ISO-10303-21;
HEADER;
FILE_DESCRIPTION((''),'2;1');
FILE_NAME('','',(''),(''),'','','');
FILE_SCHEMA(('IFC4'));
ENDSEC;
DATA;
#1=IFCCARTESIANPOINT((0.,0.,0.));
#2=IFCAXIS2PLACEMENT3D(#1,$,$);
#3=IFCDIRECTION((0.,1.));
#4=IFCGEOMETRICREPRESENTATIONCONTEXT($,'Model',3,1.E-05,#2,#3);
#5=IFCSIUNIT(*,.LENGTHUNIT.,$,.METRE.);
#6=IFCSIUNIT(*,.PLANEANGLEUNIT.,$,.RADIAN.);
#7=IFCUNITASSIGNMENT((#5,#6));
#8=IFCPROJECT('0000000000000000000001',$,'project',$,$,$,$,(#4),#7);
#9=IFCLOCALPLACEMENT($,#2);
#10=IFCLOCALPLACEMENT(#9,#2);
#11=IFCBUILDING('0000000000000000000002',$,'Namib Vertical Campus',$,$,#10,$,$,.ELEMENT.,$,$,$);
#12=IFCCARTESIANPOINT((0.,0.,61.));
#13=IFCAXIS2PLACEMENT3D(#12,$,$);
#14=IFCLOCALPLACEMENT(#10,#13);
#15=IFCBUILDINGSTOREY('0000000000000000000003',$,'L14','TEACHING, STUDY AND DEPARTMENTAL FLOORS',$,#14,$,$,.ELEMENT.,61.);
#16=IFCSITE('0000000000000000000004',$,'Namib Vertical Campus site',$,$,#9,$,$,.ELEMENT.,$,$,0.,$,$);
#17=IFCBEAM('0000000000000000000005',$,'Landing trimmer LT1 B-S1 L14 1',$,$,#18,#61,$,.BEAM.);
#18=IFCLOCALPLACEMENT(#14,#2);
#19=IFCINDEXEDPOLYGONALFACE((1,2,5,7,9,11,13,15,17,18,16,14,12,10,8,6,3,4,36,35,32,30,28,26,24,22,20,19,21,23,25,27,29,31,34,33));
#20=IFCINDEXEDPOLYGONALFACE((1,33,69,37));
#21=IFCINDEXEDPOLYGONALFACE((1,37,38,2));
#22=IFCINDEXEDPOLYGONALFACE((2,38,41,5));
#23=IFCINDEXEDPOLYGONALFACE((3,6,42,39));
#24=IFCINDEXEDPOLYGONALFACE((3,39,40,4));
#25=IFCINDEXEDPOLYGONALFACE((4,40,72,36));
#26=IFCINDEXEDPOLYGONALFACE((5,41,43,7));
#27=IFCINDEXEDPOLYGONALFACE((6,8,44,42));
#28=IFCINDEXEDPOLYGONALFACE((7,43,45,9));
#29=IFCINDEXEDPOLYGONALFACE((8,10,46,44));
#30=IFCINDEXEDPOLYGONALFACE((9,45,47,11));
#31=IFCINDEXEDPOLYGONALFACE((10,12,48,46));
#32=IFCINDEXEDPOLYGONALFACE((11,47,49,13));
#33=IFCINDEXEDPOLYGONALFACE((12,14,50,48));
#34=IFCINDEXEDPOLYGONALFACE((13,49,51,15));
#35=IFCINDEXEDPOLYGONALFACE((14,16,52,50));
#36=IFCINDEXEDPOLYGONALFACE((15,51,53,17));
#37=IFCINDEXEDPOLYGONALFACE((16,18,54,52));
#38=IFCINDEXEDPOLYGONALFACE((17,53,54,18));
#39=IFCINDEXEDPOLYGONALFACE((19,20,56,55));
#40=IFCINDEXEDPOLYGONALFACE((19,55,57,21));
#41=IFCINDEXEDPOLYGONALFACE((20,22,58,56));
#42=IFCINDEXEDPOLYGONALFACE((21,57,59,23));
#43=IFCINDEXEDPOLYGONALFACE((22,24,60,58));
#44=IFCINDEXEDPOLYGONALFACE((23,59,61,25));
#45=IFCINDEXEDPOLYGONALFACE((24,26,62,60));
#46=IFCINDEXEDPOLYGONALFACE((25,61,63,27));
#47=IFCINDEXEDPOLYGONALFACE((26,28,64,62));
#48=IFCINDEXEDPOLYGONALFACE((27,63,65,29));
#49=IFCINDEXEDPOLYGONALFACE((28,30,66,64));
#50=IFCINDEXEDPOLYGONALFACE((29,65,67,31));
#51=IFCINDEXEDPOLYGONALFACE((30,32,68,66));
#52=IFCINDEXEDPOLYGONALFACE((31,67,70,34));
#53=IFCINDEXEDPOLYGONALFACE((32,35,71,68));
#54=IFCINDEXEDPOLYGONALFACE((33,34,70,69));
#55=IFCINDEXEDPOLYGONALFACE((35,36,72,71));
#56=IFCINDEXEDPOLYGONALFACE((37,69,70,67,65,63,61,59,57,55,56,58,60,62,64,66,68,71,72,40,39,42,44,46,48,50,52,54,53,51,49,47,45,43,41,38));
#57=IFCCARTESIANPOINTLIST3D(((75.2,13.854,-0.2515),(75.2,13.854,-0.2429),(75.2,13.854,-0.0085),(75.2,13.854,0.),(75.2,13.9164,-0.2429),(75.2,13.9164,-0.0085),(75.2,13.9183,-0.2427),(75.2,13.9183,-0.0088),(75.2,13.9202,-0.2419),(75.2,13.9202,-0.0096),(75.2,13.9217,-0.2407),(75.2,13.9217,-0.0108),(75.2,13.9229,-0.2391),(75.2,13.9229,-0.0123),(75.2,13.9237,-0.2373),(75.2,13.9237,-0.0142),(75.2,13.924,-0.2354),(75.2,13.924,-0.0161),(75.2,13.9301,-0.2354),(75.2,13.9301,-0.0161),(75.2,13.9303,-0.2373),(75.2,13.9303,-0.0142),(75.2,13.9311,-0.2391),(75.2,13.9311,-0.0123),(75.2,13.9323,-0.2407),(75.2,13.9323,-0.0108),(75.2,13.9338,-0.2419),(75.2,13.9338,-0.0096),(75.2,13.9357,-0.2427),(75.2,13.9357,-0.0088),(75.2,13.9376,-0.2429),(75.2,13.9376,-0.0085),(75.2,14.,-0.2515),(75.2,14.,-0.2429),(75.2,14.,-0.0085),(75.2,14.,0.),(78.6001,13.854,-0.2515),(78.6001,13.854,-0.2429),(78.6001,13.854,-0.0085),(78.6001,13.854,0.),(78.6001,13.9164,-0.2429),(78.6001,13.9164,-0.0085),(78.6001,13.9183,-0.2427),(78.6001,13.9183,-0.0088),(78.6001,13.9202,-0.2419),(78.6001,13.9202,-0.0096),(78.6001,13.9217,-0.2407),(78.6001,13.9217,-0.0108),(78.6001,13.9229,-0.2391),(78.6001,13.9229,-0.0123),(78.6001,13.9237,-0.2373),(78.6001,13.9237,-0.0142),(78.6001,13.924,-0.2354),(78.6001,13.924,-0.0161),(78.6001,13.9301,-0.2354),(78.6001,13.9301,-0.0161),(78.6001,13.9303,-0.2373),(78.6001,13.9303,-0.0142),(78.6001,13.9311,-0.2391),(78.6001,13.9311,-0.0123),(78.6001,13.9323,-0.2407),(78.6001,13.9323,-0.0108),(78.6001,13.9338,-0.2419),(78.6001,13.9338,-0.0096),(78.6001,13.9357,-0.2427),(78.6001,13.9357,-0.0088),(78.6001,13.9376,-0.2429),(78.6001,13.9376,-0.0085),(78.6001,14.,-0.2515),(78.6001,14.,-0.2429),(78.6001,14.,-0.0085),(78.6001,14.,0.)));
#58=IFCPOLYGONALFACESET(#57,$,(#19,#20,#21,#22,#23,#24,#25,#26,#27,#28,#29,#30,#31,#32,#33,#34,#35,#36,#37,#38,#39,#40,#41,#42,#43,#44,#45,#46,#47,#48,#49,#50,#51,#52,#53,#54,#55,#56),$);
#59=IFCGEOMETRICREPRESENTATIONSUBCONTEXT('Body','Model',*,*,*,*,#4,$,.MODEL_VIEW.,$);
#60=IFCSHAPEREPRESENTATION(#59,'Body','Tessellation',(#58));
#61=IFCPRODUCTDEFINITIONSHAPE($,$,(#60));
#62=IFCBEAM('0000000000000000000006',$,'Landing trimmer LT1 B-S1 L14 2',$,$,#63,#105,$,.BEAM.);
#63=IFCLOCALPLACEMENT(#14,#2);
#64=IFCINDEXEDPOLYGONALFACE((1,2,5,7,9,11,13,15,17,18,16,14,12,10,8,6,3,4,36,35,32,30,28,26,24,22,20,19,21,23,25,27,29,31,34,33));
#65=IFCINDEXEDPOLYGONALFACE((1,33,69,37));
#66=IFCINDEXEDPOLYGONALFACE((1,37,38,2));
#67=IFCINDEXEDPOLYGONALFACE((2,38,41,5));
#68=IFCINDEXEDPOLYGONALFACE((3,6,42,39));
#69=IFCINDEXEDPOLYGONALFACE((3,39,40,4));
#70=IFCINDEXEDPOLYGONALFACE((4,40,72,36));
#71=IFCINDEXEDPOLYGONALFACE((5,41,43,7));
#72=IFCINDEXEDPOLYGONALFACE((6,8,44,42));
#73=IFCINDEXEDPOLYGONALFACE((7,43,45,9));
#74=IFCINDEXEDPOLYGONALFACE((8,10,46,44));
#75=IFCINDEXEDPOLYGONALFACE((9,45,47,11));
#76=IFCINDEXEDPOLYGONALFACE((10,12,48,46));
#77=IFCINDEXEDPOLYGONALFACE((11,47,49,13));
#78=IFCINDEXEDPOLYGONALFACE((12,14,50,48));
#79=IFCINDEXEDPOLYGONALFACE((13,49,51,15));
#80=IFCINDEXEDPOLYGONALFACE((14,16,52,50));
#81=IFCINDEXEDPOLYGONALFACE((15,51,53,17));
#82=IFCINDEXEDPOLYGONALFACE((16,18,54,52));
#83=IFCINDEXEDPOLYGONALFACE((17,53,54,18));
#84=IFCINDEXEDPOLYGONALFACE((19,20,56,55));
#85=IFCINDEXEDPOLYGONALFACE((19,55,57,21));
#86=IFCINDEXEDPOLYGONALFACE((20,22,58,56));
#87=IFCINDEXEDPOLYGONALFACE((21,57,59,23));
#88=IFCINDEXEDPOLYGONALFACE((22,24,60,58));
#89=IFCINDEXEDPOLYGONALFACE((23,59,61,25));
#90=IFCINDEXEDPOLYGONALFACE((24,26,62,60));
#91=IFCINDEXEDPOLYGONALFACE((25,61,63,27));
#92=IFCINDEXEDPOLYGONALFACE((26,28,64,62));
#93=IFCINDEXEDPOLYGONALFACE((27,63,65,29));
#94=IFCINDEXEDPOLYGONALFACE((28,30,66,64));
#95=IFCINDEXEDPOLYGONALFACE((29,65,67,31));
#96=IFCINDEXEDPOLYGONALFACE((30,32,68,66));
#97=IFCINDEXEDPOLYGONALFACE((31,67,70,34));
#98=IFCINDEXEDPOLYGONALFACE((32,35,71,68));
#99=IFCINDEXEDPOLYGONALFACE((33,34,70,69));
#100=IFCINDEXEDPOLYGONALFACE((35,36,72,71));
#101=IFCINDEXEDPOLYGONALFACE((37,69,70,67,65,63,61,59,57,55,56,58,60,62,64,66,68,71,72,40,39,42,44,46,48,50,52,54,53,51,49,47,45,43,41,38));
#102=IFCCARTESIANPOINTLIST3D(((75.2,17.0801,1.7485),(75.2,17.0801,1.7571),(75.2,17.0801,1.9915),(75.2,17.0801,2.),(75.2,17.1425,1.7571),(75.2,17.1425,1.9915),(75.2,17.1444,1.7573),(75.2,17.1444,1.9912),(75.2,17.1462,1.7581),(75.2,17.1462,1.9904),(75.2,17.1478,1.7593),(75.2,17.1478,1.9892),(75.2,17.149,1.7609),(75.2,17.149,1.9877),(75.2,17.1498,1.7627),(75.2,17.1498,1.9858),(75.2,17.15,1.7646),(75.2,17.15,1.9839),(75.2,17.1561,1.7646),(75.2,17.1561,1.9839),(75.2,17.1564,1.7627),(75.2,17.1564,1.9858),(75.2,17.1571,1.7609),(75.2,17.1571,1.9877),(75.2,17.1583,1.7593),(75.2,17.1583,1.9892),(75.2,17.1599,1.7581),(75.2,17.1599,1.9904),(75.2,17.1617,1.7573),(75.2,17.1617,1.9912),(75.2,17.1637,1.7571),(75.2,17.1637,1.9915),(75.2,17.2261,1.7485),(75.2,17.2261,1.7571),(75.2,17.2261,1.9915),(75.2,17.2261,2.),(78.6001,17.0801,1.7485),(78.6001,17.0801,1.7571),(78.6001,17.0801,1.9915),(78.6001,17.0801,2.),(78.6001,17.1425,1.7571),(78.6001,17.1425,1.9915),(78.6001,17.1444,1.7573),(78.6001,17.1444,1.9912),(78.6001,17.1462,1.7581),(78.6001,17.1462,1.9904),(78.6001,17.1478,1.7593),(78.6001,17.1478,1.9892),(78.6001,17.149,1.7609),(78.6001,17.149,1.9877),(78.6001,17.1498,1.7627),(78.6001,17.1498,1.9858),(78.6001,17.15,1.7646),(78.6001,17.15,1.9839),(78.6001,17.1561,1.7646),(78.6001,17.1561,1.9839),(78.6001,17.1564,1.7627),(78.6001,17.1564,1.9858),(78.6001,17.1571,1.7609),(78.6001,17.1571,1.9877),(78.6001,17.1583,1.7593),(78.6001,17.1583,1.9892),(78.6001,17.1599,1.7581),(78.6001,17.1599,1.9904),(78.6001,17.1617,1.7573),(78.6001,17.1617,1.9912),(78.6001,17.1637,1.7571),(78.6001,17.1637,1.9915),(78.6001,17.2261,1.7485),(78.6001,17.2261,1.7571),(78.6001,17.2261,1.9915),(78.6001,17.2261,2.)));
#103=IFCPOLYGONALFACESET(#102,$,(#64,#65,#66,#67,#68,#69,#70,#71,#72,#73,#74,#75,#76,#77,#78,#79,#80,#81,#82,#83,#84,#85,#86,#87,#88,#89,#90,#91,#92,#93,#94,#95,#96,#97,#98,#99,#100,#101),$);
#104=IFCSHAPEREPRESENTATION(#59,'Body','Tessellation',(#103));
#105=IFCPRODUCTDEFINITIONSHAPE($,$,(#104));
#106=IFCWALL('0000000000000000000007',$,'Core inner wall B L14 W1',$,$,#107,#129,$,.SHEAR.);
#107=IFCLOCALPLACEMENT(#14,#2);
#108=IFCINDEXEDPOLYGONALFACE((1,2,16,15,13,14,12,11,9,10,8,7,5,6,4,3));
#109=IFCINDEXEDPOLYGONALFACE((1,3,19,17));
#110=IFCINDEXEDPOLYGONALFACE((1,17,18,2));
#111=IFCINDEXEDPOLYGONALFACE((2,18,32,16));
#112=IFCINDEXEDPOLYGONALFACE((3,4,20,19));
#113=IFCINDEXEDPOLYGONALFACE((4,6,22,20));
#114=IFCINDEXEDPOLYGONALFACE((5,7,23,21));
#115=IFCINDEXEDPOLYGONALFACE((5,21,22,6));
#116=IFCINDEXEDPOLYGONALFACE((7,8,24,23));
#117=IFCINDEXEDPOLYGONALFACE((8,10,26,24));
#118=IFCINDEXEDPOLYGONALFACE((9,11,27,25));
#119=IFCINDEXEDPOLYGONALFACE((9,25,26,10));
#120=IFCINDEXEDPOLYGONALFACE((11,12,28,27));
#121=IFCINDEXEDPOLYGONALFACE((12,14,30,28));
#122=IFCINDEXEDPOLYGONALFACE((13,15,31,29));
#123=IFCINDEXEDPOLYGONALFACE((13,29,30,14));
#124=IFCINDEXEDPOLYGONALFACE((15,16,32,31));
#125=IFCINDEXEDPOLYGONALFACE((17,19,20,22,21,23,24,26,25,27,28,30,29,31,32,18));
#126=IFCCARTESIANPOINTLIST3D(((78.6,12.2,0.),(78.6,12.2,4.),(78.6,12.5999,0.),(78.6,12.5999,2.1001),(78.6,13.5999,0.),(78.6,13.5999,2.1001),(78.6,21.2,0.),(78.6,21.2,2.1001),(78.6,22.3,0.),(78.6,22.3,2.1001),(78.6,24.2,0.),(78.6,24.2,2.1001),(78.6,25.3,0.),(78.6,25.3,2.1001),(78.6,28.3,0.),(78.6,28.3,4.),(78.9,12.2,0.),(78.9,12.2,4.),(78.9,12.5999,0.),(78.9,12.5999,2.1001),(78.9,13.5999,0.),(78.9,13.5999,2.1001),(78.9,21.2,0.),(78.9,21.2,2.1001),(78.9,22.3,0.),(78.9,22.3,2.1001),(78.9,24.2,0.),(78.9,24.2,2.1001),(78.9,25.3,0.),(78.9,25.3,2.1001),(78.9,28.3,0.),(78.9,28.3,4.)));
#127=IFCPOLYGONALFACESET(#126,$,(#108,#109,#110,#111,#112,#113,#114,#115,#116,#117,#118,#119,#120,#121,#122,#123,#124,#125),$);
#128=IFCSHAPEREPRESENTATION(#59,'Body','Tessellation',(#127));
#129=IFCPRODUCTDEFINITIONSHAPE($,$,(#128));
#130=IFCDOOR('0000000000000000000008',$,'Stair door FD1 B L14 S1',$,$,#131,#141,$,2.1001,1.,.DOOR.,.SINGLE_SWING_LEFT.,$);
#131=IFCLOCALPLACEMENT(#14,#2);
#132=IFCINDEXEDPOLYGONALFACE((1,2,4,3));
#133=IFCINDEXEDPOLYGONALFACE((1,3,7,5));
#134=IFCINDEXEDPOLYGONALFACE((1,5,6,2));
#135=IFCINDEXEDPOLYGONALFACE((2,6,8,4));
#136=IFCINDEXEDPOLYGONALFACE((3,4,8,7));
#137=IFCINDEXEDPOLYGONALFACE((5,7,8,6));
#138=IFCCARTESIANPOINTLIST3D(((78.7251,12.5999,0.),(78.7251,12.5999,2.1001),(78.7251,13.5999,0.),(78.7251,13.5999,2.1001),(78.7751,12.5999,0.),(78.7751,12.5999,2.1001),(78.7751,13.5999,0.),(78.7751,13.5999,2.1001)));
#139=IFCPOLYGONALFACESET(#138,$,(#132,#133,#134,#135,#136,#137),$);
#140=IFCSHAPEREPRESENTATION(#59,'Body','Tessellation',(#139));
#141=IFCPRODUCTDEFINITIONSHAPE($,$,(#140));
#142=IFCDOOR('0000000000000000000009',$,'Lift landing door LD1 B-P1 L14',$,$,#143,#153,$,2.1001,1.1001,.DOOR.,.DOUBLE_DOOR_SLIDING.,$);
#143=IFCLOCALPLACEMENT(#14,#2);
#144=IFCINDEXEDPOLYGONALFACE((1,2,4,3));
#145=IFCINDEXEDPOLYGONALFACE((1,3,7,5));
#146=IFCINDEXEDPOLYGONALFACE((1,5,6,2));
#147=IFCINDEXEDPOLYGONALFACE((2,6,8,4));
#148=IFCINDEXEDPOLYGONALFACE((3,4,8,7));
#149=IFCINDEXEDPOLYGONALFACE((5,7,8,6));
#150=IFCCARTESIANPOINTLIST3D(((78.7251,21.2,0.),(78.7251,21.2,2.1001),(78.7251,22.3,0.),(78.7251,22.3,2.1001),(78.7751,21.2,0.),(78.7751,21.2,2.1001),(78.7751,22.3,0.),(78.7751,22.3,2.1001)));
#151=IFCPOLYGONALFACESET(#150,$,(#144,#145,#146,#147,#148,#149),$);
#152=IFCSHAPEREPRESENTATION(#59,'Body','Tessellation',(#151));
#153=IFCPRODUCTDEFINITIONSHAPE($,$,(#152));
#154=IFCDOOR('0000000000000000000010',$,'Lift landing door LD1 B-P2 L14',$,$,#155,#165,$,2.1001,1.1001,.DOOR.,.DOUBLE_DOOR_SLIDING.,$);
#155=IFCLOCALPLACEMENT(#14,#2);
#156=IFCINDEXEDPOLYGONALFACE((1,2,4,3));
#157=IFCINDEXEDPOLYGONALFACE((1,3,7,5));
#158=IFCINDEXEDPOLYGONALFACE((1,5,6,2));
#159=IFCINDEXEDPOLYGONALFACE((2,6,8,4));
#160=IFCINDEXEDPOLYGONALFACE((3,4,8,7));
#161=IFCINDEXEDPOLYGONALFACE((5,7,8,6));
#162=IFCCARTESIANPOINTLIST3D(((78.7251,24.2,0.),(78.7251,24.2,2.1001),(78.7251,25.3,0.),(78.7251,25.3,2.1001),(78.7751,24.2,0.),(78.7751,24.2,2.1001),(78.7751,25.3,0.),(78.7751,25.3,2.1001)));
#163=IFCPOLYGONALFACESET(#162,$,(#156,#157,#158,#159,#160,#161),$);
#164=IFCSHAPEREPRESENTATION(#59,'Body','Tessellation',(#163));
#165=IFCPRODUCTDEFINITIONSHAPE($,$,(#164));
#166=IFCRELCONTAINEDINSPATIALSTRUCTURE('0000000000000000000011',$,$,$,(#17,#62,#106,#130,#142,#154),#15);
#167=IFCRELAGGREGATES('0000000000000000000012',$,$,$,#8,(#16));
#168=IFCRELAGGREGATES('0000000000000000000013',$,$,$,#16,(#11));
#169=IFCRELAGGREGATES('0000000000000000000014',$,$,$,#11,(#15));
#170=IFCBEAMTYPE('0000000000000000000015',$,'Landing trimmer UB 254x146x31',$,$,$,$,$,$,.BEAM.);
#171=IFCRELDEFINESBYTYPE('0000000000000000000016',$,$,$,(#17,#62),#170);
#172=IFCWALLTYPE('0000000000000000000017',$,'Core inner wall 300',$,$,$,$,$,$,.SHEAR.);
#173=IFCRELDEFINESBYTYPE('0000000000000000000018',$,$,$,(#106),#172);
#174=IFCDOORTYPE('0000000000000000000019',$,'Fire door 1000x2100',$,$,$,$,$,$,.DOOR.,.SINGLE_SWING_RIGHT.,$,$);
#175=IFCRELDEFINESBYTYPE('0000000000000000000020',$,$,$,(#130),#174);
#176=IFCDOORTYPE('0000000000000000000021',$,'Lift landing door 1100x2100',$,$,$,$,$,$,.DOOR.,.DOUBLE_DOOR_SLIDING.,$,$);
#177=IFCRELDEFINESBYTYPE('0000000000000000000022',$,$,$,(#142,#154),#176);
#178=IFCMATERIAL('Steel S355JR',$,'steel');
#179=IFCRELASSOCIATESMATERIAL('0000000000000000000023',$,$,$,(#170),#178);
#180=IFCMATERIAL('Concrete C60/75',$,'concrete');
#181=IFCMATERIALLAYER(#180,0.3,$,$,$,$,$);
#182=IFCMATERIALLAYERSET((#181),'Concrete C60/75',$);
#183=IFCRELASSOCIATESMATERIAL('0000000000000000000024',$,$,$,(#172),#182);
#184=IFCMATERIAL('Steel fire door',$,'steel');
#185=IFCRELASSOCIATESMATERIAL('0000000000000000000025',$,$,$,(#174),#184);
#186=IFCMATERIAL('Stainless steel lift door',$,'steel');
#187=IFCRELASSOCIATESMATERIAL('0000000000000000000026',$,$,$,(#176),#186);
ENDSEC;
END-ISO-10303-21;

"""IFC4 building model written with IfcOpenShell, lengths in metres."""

from ifc_helpers import new_model, si_unit, direction, frame, frame_2d, origin, origin_2d, place, context, subcontext, project, spatial, rectangle, i_section, extrude, material, layer, layer_set, material_profile, profile_set, type_object, element, fill, save


model = new_model("IFC4")

# Units and contexts
model_context = context("Model", 3, precision=1e-05, world=origin(), true_north=direction((0.0, 1.0)))
body_context = subcontext(model_context, "Body", "Model", "MODEL_VIEW")
ifc_project = project(units=[si_unit("LENGTHUNIT", "METRE"), si_unit("PLANEANGLEUNIT", "RADIAN")], contexts=[model_context])

# Site, building, storey
site_placement = place(None, origin())
site = spatial("IfcSite", under=ifc_project, at=site_placement, Name="Namib Vertical Campus site", CompositionType="ELEMENT", RefElevation=0.0)
building_placement = place(site_placement, origin())
building = spatial("IfcBuilding", under=site, at=building_placement, Name="Namib Vertical Campus", CompositionType="ELEMENT")
storey_placement = place(building_placement, frame((0.0, 0.0, 61.0)))
storey = spatial("IfcBuildingStorey", under=building, at=storey_placement, Name="L14", Description="TEACHING, STUDY AND DEPARTMENTAL FLOORS", CompositionType="ELEMENT", Elevation=61.0)

# Beams
ifc_material_1 = material(Name="Steel S355JR", Category="steel")
ifc_material_profile = material_profile(ifc_material_1, i_section(OverallWidth=0.146, OverallDepth=0.2515, WebThickness=0.0061, FlangeThickness=0.0085, FilletRadius=0.0076, at=origin_2d()))
ifc_profile_set = profile_set([ifc_material_profile], Name="Steel S355JR")
beam_type = type_object("IfcBeamType", Name="Landing trimmer UB 254x146x31", PredefinedType="BEAM", material=ifc_profile_set)
for number, where, z_axis, x_axis, name in (
    (1, (75.2, 13.927, -0.1257), (1.0, 0.0, 0.0), (0.0, 1.0, 0.0), "Landing trimmer LT1 B-S1 L14 1"),
    (2, (75.2, 17.1531, 1.8743), (1.0, 0.0, 0.0), (0.0, 1.0, 0.0), "Landing trimmer LT1 B-S1 L14 2"),
):
    element("IfcBeam", number, at=place(storey_placement, frame(where, z_axis=z_axis, x_axis=x_axis)), inside=storey, type_object=beam_type, Name=name, PredefinedType="BEAM", context=body_context, shape_type="SweptSolid", body=[
        extrude(i_section(OverallWidth=0.146, OverallDepth=0.2515, WebThickness=0.0061, FlangeThickness=0.0085, FilletRadius=0.0076, at=origin_2d()), origin(), (0.0, 0.0, 1.0), 3.4001),
    ])

# Wall, openings, doors
ifc_material_2 = material(Name="Concrete C60/75", Category="concrete")
ifc_layer = layer(ifc_material_2, 0.3)
ifc_layer_set = layer_set([ifc_layer], Name="Concrete C60/75")
wall_type = type_object("IfcWallType", Name="Core inner wall 300", PredefinedType="SHEAR", material=ifc_layer_set)
wall_1_placement = place(storey_placement, frame((78.75, 12.2, 0.0), z_axis=(0.0, 0.0, 1.0), x_axis=(0.0, 1.0, 0.0)))
wall_1 = element("IfcWall", 3, at=wall_1_placement, inside=storey, type_object=wall_type, Name="Core inner wall B L14 W1", PredefinedType="SHEAR", context=body_context, shape_type="SweptSolid", body=[
    extrude(rectangle(XDim=16.1001, YDim=0.3, at=frame_2d((8.05, 0.0))), origin(), (0.0, 0.0, 1.0), 4.0),
])
opening_1_placement = place(wall_1_placement, frame((0.3999, 0.0, 0.0)))
opening_1 = element("IfcOpeningElement", 4, at=opening_1_placement, cuts=wall_1, PredefinedType="OPENING", context=body_context, shape_type="SweptSolid", body=[
    extrude(rectangle(XDim=1.0, YDim=2.1001, at=frame_2d((0.5, 1.05))), frame((0.0, 0.1599, 0.0), z_axis=(0.0, -1.0, 0.0), x_axis=(1.0, 0.0, 0.0)), (0.0, 0.0, 1.0), 0.3201),
])
opening_2_placement = place(wall_1_placement, frame((9.0, 0.0, 0.0)))
opening_2 = element("IfcOpeningElement", 5, at=opening_2_placement, cuts=wall_1, PredefinedType="OPENING", context=body_context, shape_type="SweptSolid", body=[
    extrude(rectangle(XDim=1.1001, YDim=2.1001, at=frame_2d((0.55, 1.05))), frame((0.0, 0.1599, 0.0), z_axis=(0.0, -1.0, 0.0), x_axis=(1.0, 0.0, 0.0)), (0.0, 0.0, 1.0), 0.3201),
])
opening_3_placement = place(wall_1_placement, frame((12.0, 0.0, 0.0)))
opening_3 = element("IfcOpeningElement", 6, at=opening_3_placement, cuts=wall_1, PredefinedType="OPENING", context=body_context, shape_type="SweptSolid", body=[
    extrude(rectangle(XDim=1.1001, YDim=2.1001, at=frame_2d((0.55, 1.05))), frame((0.0, 0.1599, 0.0), z_axis=(0.0, -1.0, 0.0), x_axis=(1.0, 0.0, 0.0)), (0.0, 0.0, 1.0), 0.3201),
])
ifc_material_3 = material(Name="Steel fire door", Category="steel")
door_type_1 = type_object("IfcDoorType", Name="Fire door 1000x2100", OperationType="SINGLE_SWING_RIGHT", PredefinedType="DOOR", material=ifc_material_3)
door_1_placement = place(opening_1_placement, origin())
door_1 = element("IfcDoor", 7, at=door_1_placement, inside=storey, type_object=door_type_1, Name="Stair door FD1 B L14 S1", OperationType="SINGLE_SWING_LEFT", OverallHeight=2.1001, OverallWidth=1.0, PredefinedType="DOOR", context=body_context, shape_type="SweptSolid", body=[
    extrude(rectangle(XDim=1.0, YDim=2.1001, at=frame_2d((0.5, 1.05))), frame((0.0, 0.0249, 0.0), z_axis=(0.0, -1.0, 0.0), x_axis=(1.0, 0.0, 0.0)), (0.0, 0.0, 1.0), 0.05),
])
fill(opening_1, door_1)
ifc_material_4 = material(Name="Stainless steel lift door", Category="steel")
door_type_2 = type_object("IfcDoorType", Name="Lift landing door 1100x2100", OperationType="DOUBLE_DOOR_SLIDING", PredefinedType="DOOR", material=ifc_material_4)
door_2_placement = place(opening_2_placement, origin())
door_2 = element("IfcDoor", 8, at=door_2_placement, inside=storey, type_object=door_type_2, Name="Lift landing door LD1 B-P1 L14", OperationType="DOUBLE_DOOR_SLIDING", OverallHeight=2.1001, OverallWidth=1.1001, PredefinedType="DOOR", context=body_context, shape_type="SweptSolid", body=[
    extrude(rectangle(XDim=1.1001, YDim=2.1001, at=frame_2d((0.55, 1.05))), frame((0.0, 0.0249, 0.0), z_axis=(0.0, -1.0, 0.0), x_axis=(1.0, 0.0, 0.0)), (0.0, 0.0, 1.0), 0.05),
])
fill(opening_2, door_2)
door_3_placement = place(opening_3_placement, origin())
door_3 = element("IfcDoor", 9, at=door_3_placement, inside=storey, type_object=door_type_2, Name="Lift landing door LD1 B-P2 L14", OperationType="DOUBLE_DOOR_SLIDING", OverallHeight=2.1001, OverallWidth=1.1001, PredefinedType="DOOR", context=body_context, shape_type="SweptSolid", body=[
    extrude(rectangle(XDim=1.1001, YDim=2.1001, at=frame_2d((0.55, 1.05))), frame((0.0, 0.0249, 0.0), z_axis=(0.0, -1.0, 0.0), x_axis=(1.0, 0.0, 0.0)), (0.0, 0.0, 1.0), 0.05),
])
fill(opening_3, door_3)

save(model, "model.ifc")
